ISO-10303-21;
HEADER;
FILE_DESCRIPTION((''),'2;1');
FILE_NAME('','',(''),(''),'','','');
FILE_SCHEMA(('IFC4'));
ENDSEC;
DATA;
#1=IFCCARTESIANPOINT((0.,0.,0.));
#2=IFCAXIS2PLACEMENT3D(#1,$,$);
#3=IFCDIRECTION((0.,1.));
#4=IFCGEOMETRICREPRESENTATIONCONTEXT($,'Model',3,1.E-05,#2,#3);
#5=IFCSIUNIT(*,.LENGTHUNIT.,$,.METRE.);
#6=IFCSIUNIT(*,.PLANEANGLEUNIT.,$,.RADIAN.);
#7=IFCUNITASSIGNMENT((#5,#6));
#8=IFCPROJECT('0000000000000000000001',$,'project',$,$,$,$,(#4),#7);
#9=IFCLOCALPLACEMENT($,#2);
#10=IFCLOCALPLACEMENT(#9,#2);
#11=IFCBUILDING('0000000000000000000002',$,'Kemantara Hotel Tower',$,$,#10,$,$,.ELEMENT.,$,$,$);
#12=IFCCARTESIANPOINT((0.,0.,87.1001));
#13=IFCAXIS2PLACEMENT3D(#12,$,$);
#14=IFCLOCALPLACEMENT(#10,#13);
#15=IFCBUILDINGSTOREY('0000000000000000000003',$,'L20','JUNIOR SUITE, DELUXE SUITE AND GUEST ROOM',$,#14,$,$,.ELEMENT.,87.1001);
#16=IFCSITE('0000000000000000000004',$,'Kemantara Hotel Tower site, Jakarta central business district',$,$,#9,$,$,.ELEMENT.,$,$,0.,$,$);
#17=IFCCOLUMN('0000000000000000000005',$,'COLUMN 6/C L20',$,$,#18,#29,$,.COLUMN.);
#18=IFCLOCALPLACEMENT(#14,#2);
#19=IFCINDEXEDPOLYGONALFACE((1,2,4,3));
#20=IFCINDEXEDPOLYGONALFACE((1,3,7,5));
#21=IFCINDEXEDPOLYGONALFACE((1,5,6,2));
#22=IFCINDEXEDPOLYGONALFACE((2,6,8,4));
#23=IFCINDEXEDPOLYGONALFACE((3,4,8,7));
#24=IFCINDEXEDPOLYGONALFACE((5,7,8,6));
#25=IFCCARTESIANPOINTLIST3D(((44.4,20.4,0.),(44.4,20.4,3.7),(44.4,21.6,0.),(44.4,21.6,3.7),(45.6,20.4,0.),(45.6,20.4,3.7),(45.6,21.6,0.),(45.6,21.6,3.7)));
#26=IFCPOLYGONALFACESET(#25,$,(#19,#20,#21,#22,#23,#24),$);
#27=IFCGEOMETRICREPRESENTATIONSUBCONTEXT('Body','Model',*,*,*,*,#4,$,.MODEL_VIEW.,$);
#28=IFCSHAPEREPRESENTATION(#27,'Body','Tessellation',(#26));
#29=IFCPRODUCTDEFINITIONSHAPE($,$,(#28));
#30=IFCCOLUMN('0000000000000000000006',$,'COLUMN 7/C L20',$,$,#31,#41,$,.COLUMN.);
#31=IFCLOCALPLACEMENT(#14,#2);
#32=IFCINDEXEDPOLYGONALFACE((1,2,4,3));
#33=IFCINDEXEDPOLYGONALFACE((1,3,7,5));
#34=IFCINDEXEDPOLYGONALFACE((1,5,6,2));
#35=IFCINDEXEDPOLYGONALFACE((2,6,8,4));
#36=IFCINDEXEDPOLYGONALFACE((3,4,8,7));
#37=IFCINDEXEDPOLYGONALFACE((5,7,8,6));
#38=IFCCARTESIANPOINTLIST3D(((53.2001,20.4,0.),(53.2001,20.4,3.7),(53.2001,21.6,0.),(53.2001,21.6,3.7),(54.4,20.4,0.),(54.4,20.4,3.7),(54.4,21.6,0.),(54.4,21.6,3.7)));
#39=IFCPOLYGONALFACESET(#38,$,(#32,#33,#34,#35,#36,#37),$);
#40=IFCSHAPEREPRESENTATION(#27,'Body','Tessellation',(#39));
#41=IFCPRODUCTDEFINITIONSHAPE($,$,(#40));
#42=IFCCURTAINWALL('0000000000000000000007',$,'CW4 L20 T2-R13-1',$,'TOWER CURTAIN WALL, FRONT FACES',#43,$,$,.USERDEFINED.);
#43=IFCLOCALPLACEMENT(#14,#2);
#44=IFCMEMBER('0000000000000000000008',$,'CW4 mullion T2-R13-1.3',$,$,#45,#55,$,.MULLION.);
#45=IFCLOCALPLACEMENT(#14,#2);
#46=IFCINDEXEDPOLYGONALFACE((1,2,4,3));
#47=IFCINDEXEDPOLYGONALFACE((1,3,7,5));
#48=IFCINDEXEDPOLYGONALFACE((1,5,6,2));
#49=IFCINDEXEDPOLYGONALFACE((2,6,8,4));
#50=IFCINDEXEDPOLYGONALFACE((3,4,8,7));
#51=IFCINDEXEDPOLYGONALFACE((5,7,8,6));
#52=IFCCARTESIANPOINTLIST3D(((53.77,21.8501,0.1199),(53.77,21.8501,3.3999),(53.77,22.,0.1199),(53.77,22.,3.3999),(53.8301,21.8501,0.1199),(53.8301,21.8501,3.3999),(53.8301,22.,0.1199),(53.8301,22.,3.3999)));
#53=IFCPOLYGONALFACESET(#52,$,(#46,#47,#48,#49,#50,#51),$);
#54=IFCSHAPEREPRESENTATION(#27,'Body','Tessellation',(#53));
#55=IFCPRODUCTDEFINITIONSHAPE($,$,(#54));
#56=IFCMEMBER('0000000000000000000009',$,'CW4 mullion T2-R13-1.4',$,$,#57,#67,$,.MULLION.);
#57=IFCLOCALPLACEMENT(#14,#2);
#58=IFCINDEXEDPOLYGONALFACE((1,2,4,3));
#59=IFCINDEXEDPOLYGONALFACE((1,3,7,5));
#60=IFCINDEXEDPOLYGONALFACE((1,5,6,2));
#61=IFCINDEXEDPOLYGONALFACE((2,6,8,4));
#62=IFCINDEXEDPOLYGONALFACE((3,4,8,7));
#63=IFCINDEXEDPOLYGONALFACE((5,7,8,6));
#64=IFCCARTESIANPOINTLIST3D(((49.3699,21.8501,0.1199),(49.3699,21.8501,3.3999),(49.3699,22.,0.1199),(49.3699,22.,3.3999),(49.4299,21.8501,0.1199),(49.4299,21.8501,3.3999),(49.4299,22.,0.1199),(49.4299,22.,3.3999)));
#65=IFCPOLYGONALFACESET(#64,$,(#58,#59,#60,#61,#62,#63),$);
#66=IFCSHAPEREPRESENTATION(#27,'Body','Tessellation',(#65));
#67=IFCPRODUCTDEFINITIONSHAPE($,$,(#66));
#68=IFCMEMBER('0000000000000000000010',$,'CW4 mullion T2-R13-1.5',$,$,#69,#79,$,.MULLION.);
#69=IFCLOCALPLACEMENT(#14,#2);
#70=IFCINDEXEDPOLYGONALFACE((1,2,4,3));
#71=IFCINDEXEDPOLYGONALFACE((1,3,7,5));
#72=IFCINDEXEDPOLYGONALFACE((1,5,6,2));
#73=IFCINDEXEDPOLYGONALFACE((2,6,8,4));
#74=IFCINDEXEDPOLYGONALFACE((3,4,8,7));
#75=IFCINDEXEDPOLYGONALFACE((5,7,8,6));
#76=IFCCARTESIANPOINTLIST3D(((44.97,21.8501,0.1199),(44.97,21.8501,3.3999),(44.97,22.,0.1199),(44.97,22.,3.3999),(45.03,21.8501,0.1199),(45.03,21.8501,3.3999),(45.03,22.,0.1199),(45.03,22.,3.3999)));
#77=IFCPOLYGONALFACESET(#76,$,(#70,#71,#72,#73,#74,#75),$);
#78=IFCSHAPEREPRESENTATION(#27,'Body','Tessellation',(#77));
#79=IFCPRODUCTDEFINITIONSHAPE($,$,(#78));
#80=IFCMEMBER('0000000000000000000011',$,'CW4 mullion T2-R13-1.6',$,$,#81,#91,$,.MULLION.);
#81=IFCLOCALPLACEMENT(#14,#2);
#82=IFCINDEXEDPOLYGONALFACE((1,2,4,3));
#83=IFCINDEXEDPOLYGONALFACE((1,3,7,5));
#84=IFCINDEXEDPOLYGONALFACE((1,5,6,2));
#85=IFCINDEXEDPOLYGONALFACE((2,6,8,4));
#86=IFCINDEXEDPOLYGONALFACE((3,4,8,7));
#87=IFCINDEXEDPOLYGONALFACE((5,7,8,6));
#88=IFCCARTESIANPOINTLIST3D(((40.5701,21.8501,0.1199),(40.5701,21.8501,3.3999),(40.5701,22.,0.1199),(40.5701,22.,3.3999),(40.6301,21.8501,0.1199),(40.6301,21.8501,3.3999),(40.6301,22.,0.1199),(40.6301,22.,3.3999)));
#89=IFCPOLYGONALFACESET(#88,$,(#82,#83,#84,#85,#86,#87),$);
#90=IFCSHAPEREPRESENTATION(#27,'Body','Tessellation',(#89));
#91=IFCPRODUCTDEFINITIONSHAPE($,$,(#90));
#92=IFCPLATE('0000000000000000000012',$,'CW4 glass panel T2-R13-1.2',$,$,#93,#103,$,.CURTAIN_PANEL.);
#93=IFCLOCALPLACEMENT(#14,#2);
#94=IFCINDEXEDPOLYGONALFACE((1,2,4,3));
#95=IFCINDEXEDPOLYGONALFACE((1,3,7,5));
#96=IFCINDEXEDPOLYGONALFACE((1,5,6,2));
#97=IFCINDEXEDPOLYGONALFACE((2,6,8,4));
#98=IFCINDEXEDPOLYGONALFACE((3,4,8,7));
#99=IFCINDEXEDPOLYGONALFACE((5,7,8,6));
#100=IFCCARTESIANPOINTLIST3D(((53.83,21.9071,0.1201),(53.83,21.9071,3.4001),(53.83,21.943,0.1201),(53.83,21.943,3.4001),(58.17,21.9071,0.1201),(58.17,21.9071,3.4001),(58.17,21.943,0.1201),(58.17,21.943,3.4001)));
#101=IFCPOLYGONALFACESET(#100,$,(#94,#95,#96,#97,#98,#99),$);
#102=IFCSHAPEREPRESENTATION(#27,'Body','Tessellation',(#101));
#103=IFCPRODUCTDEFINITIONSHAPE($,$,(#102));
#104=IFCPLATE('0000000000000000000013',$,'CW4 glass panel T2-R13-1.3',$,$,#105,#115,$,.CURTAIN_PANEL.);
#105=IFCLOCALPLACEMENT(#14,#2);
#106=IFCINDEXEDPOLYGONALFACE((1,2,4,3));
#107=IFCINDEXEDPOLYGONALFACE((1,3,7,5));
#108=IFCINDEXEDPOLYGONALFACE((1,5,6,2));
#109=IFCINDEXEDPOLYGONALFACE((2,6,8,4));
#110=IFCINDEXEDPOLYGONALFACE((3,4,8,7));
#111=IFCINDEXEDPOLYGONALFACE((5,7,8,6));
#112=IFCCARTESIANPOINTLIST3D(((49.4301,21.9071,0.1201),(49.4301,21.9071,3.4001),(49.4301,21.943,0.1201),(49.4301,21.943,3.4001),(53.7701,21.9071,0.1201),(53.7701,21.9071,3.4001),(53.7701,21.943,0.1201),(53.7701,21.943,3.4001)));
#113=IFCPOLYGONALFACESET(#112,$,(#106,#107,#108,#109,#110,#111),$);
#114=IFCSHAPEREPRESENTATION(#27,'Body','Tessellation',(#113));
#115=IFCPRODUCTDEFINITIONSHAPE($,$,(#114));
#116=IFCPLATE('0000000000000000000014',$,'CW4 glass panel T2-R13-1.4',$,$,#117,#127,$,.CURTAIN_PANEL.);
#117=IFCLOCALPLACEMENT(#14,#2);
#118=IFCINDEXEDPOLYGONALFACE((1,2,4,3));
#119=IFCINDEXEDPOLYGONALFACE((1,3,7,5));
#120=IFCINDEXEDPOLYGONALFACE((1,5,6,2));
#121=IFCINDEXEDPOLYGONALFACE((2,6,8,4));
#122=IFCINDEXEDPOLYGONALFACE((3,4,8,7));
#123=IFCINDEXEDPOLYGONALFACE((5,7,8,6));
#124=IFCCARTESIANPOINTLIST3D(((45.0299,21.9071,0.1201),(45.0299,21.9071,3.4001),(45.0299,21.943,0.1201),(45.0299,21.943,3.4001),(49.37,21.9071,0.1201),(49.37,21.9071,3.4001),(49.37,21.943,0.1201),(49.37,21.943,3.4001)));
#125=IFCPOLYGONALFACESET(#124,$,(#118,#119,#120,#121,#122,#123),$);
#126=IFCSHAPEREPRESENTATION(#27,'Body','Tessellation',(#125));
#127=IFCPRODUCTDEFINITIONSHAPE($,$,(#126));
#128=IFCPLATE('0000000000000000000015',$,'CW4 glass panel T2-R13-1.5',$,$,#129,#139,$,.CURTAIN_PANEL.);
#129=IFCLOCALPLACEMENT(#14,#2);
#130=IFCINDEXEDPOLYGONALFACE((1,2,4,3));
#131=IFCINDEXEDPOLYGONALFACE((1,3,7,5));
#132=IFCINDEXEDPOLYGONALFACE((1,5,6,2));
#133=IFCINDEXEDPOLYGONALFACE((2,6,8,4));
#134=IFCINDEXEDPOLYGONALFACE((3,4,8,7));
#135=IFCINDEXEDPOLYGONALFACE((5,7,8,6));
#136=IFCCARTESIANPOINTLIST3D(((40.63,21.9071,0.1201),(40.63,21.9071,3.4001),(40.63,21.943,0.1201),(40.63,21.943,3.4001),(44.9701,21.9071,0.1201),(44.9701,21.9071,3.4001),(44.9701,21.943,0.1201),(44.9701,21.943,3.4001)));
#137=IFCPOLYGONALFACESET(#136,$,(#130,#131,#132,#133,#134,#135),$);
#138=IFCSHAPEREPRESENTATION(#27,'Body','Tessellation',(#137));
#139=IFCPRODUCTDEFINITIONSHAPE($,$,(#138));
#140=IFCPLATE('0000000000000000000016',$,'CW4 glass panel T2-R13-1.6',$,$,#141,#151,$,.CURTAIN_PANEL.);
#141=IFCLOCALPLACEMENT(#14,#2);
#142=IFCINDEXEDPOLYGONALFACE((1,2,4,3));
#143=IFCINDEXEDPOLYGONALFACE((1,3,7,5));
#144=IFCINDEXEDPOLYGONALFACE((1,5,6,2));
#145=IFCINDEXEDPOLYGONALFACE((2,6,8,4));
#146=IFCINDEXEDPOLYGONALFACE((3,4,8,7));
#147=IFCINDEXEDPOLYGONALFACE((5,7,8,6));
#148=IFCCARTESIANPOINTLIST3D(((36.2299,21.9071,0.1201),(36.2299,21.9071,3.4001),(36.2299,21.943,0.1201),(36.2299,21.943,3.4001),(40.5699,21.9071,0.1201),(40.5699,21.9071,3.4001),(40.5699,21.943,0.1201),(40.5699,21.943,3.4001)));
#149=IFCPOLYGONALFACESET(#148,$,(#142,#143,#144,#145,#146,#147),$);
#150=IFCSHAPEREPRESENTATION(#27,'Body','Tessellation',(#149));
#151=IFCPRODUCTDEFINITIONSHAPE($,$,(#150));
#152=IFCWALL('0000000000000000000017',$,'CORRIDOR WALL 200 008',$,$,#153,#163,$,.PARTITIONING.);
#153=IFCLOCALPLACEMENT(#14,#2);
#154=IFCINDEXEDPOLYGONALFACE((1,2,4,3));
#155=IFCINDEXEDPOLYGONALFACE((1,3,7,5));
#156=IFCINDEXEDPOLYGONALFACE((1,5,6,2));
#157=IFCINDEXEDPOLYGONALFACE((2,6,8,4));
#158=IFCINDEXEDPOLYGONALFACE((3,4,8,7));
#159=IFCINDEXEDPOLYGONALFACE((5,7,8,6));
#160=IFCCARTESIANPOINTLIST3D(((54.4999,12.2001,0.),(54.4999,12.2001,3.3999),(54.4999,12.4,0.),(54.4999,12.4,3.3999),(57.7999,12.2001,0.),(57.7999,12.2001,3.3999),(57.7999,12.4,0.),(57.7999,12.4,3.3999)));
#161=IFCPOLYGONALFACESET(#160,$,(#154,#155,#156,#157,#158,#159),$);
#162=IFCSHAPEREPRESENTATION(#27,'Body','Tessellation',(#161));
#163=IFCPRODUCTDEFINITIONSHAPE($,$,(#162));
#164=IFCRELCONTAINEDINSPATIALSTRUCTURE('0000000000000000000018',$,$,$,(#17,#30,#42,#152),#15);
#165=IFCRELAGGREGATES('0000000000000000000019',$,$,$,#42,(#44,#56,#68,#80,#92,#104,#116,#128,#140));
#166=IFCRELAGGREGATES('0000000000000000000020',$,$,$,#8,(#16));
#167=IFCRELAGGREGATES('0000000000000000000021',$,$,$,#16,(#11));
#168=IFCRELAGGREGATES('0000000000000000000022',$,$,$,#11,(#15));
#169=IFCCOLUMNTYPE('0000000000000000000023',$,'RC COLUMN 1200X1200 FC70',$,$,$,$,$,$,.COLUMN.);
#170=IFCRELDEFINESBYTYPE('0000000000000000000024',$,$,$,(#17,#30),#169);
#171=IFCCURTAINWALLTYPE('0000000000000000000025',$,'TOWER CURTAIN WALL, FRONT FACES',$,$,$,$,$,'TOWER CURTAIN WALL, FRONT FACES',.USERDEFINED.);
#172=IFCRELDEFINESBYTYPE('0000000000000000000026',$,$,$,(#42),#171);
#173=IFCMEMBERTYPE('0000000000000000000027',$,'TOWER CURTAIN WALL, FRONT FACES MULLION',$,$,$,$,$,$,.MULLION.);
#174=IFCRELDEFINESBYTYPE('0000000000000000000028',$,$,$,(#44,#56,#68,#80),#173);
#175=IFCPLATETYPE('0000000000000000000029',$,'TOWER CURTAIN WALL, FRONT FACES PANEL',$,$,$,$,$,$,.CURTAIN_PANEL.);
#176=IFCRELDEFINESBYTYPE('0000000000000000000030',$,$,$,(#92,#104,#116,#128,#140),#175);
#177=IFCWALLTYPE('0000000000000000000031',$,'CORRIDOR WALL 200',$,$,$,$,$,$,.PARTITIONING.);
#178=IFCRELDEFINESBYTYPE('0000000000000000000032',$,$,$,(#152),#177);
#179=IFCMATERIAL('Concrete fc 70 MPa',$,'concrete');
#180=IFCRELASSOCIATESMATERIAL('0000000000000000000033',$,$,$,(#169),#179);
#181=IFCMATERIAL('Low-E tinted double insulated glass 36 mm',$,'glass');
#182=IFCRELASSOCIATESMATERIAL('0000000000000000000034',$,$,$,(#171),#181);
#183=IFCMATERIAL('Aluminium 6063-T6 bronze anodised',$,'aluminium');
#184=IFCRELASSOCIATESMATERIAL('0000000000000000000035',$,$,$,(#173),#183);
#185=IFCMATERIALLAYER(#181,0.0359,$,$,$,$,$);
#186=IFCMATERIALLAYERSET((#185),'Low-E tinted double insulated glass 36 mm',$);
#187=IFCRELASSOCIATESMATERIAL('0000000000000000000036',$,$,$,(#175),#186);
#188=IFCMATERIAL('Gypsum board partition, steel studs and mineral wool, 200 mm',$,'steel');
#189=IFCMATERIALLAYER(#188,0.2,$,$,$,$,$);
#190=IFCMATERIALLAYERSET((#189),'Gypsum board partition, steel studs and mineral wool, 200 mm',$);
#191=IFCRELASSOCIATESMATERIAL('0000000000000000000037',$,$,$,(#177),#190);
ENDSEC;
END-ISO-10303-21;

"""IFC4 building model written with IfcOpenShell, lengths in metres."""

from ifc_helpers import new_model, si_unit, direction, frame, frame_2d, origin, origin_2d, place, context, subcontext, project, spatial, rectangle, extrude, source, transform, mapped, material, layer, layer_set, material_profile, profile_set, type_object, element, aggregate, save


model = new_model("IFC4")

# Units and contexts
model_context = context("Model", 3, precision=1e-05, world=origin(), true_north=direction((0.0, 1.0)))
body_context = subcontext(model_context, "Body", "Model", "MODEL_VIEW")
ifc_project = project(units=[si_unit("LENGTHUNIT", "METRE"), si_unit("PLANEANGLEUNIT", "RADIAN")], contexts=[model_context])

# Site, building, storey
site_placement = place(None, origin())
site = spatial("IfcSite", under=ifc_project, at=site_placement, Name="Kemantara Hotel Tower site, Jakarta central business district", CompositionType="ELEMENT", RefElevation=0.0)
building_placement = place(site_placement, origin())
building = spatial("IfcBuilding", under=site, at=building_placement, Name="Kemantara Hotel Tower", CompositionType="ELEMENT")
storey_placement = place(building_placement, frame((0.0, 0.0, 87.1001)))
storey = spatial("IfcBuildingStorey", under=building, at=storey_placement, Name="L20", Description="JUNIOR SUITE, DELUXE SUITE AND GUEST ROOM", CompositionType="ELEMENT", Elevation=87.1001)

# Columns
ifc_material_1 = material(Name="Concrete fc 70 MPa", Category="concrete")
ifc_material_profile_1 = material_profile(ifc_material_1, rectangle(XDim=1.2, YDim=1.2, at=origin_2d()), Name="RC 1200X1200")
ifc_profile_set_1 = profile_set([ifc_material_profile_1], Name="Concrete fc 70 MPa")
column_type = type_object("IfcColumnType", Name="RC COLUMN 1200X1200 FC70", PredefinedType="COLUMN", material=ifc_profile_set_1)
for number, where, z_axis, x_axis, name in (
    (1, (45.0, 21.0, 0.0), (0.0, 0.0, 1.0), (1.0, 0.0, 0.0), "COLUMN 6/C L20"),
    (2, (53.8, 21.0, 0.0), (0.0, 0.0, 1.0), (1.0, 0.0, 0.0), "COLUMN 7/C L20"),
):
    element("IfcColumn", number, at=place(storey_placement, frame(where, z_axis=z_axis, x_axis=x_axis)), inside=storey, type_object=column_type, Name=name, PredefinedType="COLUMN", context=body_context, shape_type="SweptSolid", body=[
        extrude(rectangle(XDim=1.2, YDim=1.2, at=origin_2d()), origin(), (0.0, 0.0, 1.0), 3.7),
    ])

# Curtain wall, members, plates
ifc_material_2 = material(Name="Low-E tinted double insulated glass 36 mm", Category="glass")
curtain_wall_type = type_object("IfcCurtainWallType", Name="TOWER CURTAIN WALL, FRONT FACES", ElementType="TOWER CURTAIN WALL, FRONT FACES", PredefinedType="USERDEFINED", material=ifc_material_2)
curtain_wall_placement = place(storey_placement, origin())
curtain_wall = element("IfcCurtainWall", 3, at=curtain_wall_placement, inside=storey, type_object=curtain_wall_type, Name="CW4 L20 T2-R13-1", ObjectType="TOWER CURTAIN WALL, FRONT FACES", PredefinedType="USERDEFINED")
ifc_material_3 = material(Name="Aluminium 6063-T6 bronze anodised", Category="aluminium")
ifc_material_profile_2 = material_profile(ifc_material_3, rectangle(XDim=0.1499, YDim=0.0601, at=origin_2d()), Name="TOWER CURTAIN WALL, FRONT FACES MULLION")
ifc_profile_set_2 = profile_set([ifc_material_profile_2], Name="Aluminium 6063-T6 bronze anodised")
member_type = type_object("IfcMemberType", Name="TOWER CURTAIN WALL, FRONT FACES MULLION", PredefinedType="MULLION", material=ifc_profile_set_2)
shared_shape_1 = source(origin(), body_context, "Body", "SweptSolid", [
    extrude(rectangle(XDim=0.1499, YDim=0.0601, at=origin_2d()), origin(), (0.0, 0.0, 1.0), 3.28),
])
member_1_placement = place(storey_placement, frame((53.8, 21.925, 0.1199), z_axis=(0.0, 0.0, 1.0), x_axis=(0.0, -1.0, 0.0)))
member_1 = element("IfcMember", 4, at=member_1_placement, type_object=member_type, Name="CW4 mullion T2-R13-1.3", PredefinedType="MULLION", context=body_context, shape_type="MappedRepresentation", body=[
    mapped(shared_shape_1, transform((0.0, 0.0, 0.0))),
])
member_2_placement = place(storey_placement, frame((49.3999, 21.925, 0.1199), z_axis=(0.0, 0.0, 1.0), x_axis=(0.0, -1.0, 0.0)))
member_2 = element("IfcMember", 5, at=member_2_placement, type_object=member_type, Name="CW4 mullion T2-R13-1.4", PredefinedType="MULLION", context=body_context, shape_type="MappedRepresentation", body=[
    mapped(shared_shape_1, transform((0.0, 0.0, 0.0))),
])
member_3_placement = place(storey_placement, frame((45.0, 21.925, 0.1199), z_axis=(0.0, 0.0, 1.0), x_axis=(0.0, -1.0, 0.0)))
member_3 = element("IfcMember", 6, at=member_3_placement, type_object=member_type, Name="CW4 mullion T2-R13-1.5", PredefinedType="MULLION", context=body_context, shape_type="MappedRepresentation", body=[
    mapped(shared_shape_1, transform((0.0, 0.0, 0.0))),
])
member_4_placement = place(storey_placement, frame((40.6001, 21.925, 0.1199), z_axis=(0.0, 0.0, 1.0), x_axis=(0.0, -1.0, 0.0)))
member_4 = element("IfcMember", 7, at=member_4_placement, type_object=member_type, Name="CW4 mullion T2-R13-1.6", PredefinedType="MULLION", context=body_context, shape_type="MappedRepresentation", body=[
    mapped(shared_shape_1, transform((0.0, 0.0, 0.0))),
])
ifc_layer_1 = layer(ifc_material_2, 0.0359)
ifc_layer_set_1 = layer_set([ifc_layer_1], Name="Low-E tinted double insulated glass 36 mm")
plate_type = type_object("IfcPlateType", Name="TOWER CURTAIN WALL, FRONT FACES PANEL", PredefinedType="CURTAIN_PANEL", material=ifc_layer_set_1)
shared_shape_2 = source(origin(), body_context, "Body", "SweptSolid", [
    extrude(rectangle(XDim=4.3401, YDim=0.0359, at=origin_2d()), origin(), (0.0, 0.0, 1.0), 3.28),
])
plate_1_placement = place(storey_placement, frame((56.0, 21.925, 0.1201), z_axis=(0.0, 0.0, 1.0), x_axis=(-1.0, 0.0, 0.0)))
plate_1 = element("IfcPlate", 8, at=plate_1_placement, type_object=plate_type, Name="CW4 glass panel T2-R13-1.2", PredefinedType="CURTAIN_PANEL", context=body_context, shape_type="MappedRepresentation", body=[
    mapped(shared_shape_2, transform((0.0, 0.0, 0.0))),
])
plate_2_placement = place(storey_placement, frame((51.6001, 21.925, 0.1201), z_axis=(0.0, 0.0, 1.0), x_axis=(-1.0, 0.0, 0.0)))
plate_2 = element("IfcPlate", 9, at=plate_2_placement, type_object=plate_type, Name="CW4 glass panel T2-R13-1.3", PredefinedType="CURTAIN_PANEL", context=body_context, shape_type="MappedRepresentation", body=[
    mapped(shared_shape_2, transform((0.0, 0.0, 0.0))),
])
plate_3_placement = place(storey_placement, frame((47.2, 21.925, 0.1201), z_axis=(0.0, 0.0, 1.0), x_axis=(-1.0, 0.0, 0.0)))
plate_3 = element("IfcPlate", 10, at=plate_3_placement, type_object=plate_type, Name="CW4 glass panel T2-R13-1.4", PredefinedType="CURTAIN_PANEL", context=body_context, shape_type="MappedRepresentation", body=[
    mapped(shared_shape_2, transform((0.0, 0.0, 0.0))),
])
plate_4_placement = place(storey_placement, frame((42.8, 21.925, 0.1201), z_axis=(0.0, 0.0, 1.0), x_axis=(-1.0, 0.0, 0.0)))
plate_4 = element("IfcPlate", 11, at=plate_4_placement, type_object=plate_type, Name="CW4 glass panel T2-R13-1.5", PredefinedType="CURTAIN_PANEL", context=body_context, shape_type="MappedRepresentation", body=[
    mapped(shared_shape_2, transform((0.0, 0.0, 0.0))),
])
plate_5_placement = place(storey_placement, frame((38.3999, 21.925, 0.1201), z_axis=(0.0, 0.0, 1.0), x_axis=(-1.0, 0.0, 0.0)))
plate_5 = element("IfcPlate", 12, at=plate_5_placement, type_object=plate_type, Name="CW4 glass panel T2-R13-1.6", PredefinedType="CURTAIN_PANEL", context=body_context, shape_type="MappedRepresentation", body=[
    mapped(shared_shape_2, transform((0.0, 0.0, 0.0))),
])
aggregate(curtain_wall, [member_1, member_2, member_3, member_4, plate_1, plate_2, plate_3, plate_4, plate_5])

# Wall
ifc_material_4 = material(Name="Gypsum board partition, steel studs and mineral wool, 200 mm", Category="steel")
ifc_layer_2 = layer(ifc_material_4, 0.2)
ifc_layer_set_2 = layer_set([ifc_layer_2], Name="Gypsum board partition, steel studs and mineral wool, 200 mm")
wall_type_1 = type_object("IfcWallType", Name="CORRIDOR WALL 200", PredefinedType="PARTITIONING", material=ifc_layer_set_2)
wall_1_placement = place(storey_placement, frame((54.5, 12.3, 0.0), z_axis=(0.0, 0.0, 1.0), x_axis=(1.0, 0.0, 0.0)))
element("IfcWall", 13, at=wall_1_placement, inside=storey, type_object=wall_type_1, Name="CORRIDOR WALL 200 008", PredefinedType="PARTITIONING", context=body_context, shape_type="SweptSolid", body=[
    extrude(rectangle(XDim=3.3, YDim=0.2, at=frame_2d((1.6499, 0.0))), origin(), (0.0, 0.0, 1.0), 3.3999),
])

save(model, "model.ifc")
